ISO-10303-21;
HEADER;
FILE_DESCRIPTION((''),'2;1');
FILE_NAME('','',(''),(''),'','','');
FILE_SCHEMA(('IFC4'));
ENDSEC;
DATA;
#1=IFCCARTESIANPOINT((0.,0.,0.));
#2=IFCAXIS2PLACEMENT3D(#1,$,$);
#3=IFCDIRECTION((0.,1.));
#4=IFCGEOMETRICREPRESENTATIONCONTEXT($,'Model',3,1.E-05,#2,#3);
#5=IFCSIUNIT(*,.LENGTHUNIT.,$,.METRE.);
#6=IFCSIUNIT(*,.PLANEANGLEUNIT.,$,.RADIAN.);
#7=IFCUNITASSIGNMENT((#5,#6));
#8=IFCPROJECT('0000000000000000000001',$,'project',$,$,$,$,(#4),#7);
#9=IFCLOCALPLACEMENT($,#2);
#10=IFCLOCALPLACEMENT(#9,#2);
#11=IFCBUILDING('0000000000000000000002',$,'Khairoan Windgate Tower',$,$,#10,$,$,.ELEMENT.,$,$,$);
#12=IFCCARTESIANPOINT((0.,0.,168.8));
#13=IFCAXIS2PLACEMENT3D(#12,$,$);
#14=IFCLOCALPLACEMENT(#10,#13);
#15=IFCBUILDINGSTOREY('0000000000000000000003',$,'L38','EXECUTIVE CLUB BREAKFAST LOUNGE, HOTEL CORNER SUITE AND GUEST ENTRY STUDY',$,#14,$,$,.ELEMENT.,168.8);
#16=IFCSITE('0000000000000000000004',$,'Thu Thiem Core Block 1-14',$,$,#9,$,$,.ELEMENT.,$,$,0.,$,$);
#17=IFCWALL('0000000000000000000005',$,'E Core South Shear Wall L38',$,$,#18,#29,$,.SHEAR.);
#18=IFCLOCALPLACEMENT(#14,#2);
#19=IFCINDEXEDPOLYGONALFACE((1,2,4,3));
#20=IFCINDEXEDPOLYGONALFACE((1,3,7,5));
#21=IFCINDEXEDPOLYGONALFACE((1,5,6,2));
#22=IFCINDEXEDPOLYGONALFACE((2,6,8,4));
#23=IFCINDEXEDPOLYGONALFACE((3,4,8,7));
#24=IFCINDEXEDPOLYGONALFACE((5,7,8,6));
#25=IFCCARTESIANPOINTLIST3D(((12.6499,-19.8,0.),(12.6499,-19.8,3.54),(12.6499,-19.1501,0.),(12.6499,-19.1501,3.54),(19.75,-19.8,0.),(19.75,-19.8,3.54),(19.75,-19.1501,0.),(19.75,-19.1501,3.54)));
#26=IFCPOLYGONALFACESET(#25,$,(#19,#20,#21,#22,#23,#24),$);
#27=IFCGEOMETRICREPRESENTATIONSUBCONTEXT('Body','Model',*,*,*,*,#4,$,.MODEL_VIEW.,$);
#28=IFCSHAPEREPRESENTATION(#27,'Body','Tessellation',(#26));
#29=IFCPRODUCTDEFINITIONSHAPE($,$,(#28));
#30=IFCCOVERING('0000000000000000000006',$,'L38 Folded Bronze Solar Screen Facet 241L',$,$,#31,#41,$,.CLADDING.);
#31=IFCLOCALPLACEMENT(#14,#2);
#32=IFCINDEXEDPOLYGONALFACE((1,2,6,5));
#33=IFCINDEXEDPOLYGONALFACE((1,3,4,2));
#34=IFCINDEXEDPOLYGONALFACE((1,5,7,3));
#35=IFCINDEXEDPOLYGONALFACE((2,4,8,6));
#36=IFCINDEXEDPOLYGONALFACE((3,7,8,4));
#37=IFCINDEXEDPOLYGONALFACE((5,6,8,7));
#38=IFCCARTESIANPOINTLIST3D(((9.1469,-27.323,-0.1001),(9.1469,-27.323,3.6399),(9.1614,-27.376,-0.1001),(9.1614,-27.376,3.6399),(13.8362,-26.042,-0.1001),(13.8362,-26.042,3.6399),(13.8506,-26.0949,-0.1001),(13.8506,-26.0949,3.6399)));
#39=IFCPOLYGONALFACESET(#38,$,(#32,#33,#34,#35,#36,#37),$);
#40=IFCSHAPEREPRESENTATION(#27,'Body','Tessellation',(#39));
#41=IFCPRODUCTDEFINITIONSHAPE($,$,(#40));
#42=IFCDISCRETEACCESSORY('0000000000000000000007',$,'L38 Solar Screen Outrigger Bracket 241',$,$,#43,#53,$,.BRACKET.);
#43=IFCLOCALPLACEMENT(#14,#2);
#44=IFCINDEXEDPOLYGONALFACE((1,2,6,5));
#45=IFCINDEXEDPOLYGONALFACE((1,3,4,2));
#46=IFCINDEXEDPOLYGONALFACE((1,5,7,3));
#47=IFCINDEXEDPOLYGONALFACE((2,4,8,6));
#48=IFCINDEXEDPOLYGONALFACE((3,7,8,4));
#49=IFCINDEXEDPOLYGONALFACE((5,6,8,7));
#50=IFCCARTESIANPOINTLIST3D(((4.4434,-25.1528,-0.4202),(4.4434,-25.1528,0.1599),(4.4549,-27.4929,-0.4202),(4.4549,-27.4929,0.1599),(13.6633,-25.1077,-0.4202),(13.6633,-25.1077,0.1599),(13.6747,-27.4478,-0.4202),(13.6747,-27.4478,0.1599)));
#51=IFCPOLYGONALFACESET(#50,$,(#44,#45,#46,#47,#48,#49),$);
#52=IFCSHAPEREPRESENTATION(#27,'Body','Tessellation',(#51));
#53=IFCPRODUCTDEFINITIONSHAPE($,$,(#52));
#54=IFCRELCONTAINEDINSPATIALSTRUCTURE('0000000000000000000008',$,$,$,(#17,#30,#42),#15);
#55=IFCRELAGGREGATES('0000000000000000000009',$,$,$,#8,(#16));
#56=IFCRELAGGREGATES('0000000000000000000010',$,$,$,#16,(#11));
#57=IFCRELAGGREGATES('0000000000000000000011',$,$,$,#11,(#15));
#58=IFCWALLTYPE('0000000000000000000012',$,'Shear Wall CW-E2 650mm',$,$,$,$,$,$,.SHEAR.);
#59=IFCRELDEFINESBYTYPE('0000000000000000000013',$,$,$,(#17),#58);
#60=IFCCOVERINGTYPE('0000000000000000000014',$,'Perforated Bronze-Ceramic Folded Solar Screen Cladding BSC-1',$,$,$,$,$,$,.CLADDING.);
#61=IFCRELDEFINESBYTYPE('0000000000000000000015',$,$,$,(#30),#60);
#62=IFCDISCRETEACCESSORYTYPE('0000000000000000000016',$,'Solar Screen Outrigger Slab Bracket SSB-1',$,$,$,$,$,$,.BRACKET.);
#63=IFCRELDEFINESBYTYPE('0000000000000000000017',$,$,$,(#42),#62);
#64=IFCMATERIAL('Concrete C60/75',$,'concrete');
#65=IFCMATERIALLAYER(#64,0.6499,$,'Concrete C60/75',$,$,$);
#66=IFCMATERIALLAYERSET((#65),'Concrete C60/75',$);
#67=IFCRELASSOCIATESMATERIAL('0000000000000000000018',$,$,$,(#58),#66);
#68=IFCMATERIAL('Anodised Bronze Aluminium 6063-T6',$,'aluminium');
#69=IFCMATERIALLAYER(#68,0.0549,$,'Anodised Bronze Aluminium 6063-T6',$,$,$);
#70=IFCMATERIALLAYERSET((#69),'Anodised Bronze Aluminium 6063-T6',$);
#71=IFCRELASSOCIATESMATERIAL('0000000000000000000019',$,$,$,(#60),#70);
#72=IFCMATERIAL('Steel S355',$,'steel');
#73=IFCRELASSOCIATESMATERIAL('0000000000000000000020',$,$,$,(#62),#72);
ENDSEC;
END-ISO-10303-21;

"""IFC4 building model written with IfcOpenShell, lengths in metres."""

from ifc_helpers import new_model, si_unit, direction, frame, frame_2d, origin, origin_2d, place, context, subcontext, project, spatial, rectangle, extrude, material, layer, layer_set, type_object, element, save


model = new_model("IFC4")

# Units and contexts
model_context = context("Model", 3, precision=1e-05, world=origin(), true_north=direction((0.0, 1.0)))
body_context = subcontext(model_context, "Body", "Model", "MODEL_VIEW")
ifc_project = project(units=[si_unit("LENGTHUNIT", "METRE"), si_unit("PLANEANGLEUNIT", "RADIAN")], contexts=[model_context])

# Site, building, storey
site_placement = place(None, origin())
site = spatial("IfcSite", under=ifc_project, at=site_placement, Name="Thu Thiem Core Block 1-14", CompositionType="ELEMENT", RefElevation=0.0)
building_placement = place(site_placement, origin())
building = spatial("IfcBuilding", under=site, at=building_placement, Name="Khairoan Windgate Tower", CompositionType="ELEMENT")
storey_placement = place(building_placement, frame((0.0, 0.0, 168.8)))
storey = spatial("IfcBuildingStorey", under=building, at=storey_placement, Name="L38", Description="EXECUTIVE CLUB BREAKFAST LOUNGE, HOTEL CORNER SUITE AND GUEST ENTRY STUDY", CompositionType="ELEMENT", Elevation=168.8)

# Shared definitions
ifc_material_1 = material(Name="Concrete C60/75", Category="concrete")
ifc_layer_1 = layer(ifc_material_1, 0.6499, Name="Concrete C60/75")
ifc_layer_set_1 = layer_set([ifc_layer_1], Name="Concrete C60/75")
wall_type = type_object("IfcWallType", Name="Shear Wall CW-E2 650mm", PredefinedType="SHEAR", material=ifc_layer_set_1)

# Wall
wall_1_placement = place(storey_placement, frame((12.6499, -19.4751, 0.0), z_axis=(0.0, 0.0, 1.0), x_axis=(1.0, 0.0, 0.0)))
element("IfcWall", 1, at=wall_1_placement, inside=storey, type_object=wall_type, Name="E Core South Shear Wall L38", PredefinedType="SHEAR", context=body_context, shape_type="SweptSolid", body=[
    extrude(rectangle(XDim=7.1001, YDim=0.6499, at=frame_2d((3.55, 0.0))), origin(), (0.0, 0.0, 1.0), 3.54),
])

# Covering
ifc_material_2 = material(Name="Anodised Bronze Aluminium 6063-T6", Category="aluminium")
ifc_layer_2 = layer(ifc_material_2, 0.0549, Name="Anodised Bronze Aluminium 6063-T6")
ifc_layer_set_2 = layer_set([ifc_layer_2], Name="Anodised Bronze Aluminium 6063-T6")
covering_type = type_object("IfcCoveringType", Name="Perforated Bronze-Ceramic Folded Solar Screen Cladding BSC-1", PredefinedType="CLADDING", material=ifc_layer_set_2)
covering_placement = place(storey_placement, frame((11.4988, -26.709, -0.1001), z_axis=(0.0, 0.0, 1.0), x_axis=(-0.964649, -0.263536, 0.0)))
element("IfcCovering", 2, at=covering_placement, inside=storey, type_object=covering_type, Name="L38 Folded Bronze Solar Screen Facet 241L", PredefinedType="CLADDING", context=body_context, shape_type="SweptSolid", body=[
    extrude(rectangle(XDim=4.8611, YDim=0.0549, at=origin_2d()), origin(), (0.0, 0.0, 1.0), 3.74),
])

# Discrete accessory
ifc_material_3 = material(Name="Steel S355", Category="steel")
discrete_accessory_type = type_object("IfcDiscreteAccessoryType", Name="Solar Screen Outrigger Slab Bracket SSB-1", PredefinedType="BRACKET", material=ifc_material_3)
discrete_accessory_placement = place(storey_placement, frame((9.0591, -26.3003, -0.4202), z_axis=(0.0, 0.0, 1.0), x_axis=(-0.999988, -0.004887, 0.0)))
element("IfcDiscreteAccessory", 3, at=discrete_accessory_placement, inside=storey, type_object=discrete_accessory_type, Name="L38 Solar Screen Outrigger Bracket 241", PredefinedType="BRACKET", context=body_context, shape_type="SweptSolid", body=[
    extrude(rectangle(XDim=9.22, YDim=2.3401, at=origin_2d()), origin(), (0.0, 0.0, 1.0), 0.5801),
])

save(model, "model.ifc")
